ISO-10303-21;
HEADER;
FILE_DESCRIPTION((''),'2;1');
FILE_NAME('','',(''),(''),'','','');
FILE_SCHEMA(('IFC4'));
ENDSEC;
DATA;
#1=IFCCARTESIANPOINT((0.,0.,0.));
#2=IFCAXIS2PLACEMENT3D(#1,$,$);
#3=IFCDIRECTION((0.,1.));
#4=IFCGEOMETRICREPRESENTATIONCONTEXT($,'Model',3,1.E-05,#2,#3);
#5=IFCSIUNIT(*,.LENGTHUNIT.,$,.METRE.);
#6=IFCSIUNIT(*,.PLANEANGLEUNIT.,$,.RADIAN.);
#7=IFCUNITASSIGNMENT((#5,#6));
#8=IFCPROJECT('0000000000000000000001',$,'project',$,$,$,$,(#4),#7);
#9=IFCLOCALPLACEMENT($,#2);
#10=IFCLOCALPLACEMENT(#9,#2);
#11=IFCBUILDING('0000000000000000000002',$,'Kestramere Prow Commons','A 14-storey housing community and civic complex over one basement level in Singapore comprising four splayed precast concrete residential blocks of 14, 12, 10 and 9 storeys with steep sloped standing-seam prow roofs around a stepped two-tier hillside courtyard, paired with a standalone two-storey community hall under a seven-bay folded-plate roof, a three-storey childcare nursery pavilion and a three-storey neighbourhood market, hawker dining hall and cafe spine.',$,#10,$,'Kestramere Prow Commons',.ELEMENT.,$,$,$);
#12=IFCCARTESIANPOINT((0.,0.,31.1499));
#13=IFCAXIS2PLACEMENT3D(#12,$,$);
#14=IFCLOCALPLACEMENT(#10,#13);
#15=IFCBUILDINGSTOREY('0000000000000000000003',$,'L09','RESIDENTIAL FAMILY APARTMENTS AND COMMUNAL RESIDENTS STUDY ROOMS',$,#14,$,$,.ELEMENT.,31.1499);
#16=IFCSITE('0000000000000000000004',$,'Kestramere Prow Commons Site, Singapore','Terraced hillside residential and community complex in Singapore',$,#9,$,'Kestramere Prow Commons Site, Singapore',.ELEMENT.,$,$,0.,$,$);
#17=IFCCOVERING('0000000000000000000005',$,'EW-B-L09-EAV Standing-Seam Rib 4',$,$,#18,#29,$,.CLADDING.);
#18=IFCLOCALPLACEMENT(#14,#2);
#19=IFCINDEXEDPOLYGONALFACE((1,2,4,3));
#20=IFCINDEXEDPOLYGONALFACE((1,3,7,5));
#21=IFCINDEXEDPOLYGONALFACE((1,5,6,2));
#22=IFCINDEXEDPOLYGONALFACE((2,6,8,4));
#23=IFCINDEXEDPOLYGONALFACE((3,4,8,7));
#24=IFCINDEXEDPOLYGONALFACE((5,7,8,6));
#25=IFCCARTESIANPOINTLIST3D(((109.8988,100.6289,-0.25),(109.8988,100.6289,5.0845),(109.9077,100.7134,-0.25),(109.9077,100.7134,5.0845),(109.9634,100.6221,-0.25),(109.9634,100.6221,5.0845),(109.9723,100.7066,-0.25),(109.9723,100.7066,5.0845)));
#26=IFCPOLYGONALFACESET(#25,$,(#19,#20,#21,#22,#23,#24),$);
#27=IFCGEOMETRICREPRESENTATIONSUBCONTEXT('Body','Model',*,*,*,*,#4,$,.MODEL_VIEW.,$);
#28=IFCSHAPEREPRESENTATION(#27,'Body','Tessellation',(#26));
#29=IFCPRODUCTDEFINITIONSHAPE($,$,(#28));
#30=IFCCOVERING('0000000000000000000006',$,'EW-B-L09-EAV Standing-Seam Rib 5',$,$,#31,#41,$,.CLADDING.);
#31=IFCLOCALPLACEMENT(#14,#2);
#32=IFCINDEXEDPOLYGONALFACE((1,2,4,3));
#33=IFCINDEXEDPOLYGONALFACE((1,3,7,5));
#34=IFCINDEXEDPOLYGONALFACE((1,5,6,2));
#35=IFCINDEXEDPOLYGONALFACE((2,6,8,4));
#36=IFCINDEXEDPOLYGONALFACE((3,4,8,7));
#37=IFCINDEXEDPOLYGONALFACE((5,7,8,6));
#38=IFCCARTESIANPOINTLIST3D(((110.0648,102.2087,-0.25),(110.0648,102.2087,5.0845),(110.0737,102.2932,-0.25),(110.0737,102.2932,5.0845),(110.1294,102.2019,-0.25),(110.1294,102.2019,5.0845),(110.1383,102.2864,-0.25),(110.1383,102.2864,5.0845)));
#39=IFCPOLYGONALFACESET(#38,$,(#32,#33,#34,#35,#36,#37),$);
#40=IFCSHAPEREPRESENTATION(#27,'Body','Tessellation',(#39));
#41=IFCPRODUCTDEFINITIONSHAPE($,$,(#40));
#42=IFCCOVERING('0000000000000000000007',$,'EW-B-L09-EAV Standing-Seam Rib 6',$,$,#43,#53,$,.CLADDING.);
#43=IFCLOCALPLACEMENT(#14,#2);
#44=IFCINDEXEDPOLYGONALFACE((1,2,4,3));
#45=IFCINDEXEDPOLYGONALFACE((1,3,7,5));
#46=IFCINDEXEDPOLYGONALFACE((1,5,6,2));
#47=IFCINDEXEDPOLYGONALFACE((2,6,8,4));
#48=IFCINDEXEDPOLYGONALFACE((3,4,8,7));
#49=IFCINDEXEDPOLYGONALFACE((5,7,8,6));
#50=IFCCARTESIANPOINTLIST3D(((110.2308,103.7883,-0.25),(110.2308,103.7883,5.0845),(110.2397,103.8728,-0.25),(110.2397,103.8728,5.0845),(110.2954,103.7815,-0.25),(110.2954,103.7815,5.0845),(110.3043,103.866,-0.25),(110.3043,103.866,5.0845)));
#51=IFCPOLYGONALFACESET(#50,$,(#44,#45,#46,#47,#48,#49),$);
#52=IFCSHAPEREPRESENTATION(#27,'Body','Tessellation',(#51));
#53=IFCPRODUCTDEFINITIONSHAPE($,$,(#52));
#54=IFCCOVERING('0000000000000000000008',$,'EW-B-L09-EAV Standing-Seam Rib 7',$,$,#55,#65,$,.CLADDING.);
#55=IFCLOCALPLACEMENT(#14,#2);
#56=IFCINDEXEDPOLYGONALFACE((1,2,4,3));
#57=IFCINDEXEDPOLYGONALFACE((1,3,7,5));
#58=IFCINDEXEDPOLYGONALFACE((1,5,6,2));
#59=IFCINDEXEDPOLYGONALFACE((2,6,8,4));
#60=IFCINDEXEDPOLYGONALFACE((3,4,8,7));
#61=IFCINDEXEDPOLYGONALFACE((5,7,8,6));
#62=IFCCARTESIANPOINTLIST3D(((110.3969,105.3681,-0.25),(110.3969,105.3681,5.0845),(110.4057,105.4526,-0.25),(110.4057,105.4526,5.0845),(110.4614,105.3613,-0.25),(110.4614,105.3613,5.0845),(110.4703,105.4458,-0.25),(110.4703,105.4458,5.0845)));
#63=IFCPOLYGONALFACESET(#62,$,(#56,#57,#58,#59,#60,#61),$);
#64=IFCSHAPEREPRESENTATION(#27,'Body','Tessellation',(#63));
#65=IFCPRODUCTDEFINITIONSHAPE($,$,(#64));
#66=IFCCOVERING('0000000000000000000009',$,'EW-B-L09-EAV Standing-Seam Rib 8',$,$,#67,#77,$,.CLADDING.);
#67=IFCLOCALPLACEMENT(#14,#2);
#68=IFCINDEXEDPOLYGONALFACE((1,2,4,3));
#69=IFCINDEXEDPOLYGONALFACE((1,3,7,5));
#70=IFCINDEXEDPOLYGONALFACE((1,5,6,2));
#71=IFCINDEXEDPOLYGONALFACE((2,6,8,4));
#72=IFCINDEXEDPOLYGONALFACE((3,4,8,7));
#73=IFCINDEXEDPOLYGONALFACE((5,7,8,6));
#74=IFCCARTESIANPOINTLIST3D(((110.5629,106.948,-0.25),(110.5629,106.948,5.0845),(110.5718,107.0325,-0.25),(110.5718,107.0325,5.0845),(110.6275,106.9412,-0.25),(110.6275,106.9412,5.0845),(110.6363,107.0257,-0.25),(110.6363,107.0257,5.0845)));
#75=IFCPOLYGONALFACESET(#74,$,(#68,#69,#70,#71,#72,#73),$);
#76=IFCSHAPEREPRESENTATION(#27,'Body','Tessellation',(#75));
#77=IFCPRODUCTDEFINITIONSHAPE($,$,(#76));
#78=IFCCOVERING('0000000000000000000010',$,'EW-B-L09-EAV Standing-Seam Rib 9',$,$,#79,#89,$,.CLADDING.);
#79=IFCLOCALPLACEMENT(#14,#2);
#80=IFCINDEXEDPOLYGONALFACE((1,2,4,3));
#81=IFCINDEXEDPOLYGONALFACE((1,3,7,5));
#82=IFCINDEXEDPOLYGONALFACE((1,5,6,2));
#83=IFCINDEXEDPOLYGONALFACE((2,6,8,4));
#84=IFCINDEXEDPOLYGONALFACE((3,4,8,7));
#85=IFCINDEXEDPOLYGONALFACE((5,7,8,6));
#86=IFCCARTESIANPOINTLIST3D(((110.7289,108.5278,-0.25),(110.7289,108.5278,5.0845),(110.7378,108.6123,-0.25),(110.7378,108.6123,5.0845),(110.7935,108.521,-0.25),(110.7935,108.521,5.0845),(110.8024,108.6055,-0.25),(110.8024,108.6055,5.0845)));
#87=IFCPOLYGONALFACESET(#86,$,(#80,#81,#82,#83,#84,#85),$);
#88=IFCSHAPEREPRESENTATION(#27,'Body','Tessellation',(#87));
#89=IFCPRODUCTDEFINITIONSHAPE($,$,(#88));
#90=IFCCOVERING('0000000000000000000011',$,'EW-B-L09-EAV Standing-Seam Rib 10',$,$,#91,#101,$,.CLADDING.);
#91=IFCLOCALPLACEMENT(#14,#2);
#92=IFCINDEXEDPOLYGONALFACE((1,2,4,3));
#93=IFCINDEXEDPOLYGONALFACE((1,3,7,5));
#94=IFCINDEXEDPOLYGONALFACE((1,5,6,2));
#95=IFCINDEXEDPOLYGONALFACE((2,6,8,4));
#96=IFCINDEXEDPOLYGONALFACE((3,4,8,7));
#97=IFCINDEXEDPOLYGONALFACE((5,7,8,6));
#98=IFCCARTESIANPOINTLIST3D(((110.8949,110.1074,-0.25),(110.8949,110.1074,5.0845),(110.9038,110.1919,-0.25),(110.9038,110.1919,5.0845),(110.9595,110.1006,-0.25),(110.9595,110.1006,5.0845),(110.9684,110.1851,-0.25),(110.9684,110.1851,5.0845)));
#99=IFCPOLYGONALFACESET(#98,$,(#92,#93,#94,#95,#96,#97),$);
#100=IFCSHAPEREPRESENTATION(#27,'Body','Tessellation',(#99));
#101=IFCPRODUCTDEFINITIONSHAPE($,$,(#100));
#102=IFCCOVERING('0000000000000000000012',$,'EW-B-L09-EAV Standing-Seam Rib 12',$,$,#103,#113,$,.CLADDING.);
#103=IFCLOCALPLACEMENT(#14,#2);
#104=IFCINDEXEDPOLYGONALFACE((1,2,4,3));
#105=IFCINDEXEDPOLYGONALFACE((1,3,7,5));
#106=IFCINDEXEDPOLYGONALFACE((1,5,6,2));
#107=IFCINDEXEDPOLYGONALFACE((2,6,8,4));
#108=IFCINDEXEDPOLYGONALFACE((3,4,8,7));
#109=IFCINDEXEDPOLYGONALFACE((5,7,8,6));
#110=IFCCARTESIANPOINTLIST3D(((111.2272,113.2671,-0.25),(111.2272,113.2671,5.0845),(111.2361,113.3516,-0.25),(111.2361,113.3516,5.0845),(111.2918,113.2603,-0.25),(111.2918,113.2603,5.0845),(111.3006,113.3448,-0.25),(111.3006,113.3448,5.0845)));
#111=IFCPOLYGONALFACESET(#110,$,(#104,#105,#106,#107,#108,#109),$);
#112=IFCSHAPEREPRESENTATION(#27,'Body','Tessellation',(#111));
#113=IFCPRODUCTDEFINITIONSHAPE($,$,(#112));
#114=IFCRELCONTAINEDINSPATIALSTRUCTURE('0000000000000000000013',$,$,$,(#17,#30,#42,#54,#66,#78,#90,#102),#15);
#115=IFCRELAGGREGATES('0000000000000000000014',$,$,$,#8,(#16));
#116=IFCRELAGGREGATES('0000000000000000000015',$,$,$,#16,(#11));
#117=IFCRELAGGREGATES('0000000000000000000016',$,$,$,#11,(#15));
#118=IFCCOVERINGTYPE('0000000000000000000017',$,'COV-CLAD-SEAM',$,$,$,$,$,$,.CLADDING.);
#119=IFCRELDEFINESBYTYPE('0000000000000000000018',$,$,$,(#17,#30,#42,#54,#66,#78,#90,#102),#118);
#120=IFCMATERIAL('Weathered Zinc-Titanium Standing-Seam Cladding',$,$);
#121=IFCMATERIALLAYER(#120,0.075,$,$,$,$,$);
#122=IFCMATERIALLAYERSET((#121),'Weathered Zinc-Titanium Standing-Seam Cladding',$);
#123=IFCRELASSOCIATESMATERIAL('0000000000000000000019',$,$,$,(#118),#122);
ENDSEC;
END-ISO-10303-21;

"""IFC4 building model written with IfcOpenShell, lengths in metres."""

from ifc_helpers import new_model, si_unit, direction, frame, origin, origin_2d, place, context, subcontext, project, spatial, rectangle, extrude, material, layer, layer_set, type_object, element, save


model = new_model("IFC4")

# Units and contexts
model_context = context("Model", 3, precision=1e-05, world=origin(), true_north=direction((0.0, 1.0)))
body_context = subcontext(model_context, "Body", "Model", "MODEL_VIEW")
ifc_project = project(units=[si_unit("LENGTHUNIT", "METRE"), si_unit("PLANEANGLEUNIT", "RADIAN")], contexts=[model_context])

# Site, building, storey
site_placement = place(None, origin())
site = spatial("IfcSite", under=ifc_project, at=site_placement, Name="Kestramere Prow Commons Site, Singapore", Description="Terraced hillside residential and community complex in Singapore", LongName="Kestramere Prow Commons Site, Singapore", CompositionType="ELEMENT", RefElevation=0.0)
building_placement = place(site_placement, origin())
building = spatial("IfcBuilding", under=site, at=building_placement, Name="Kestramere Prow Commons", Description="A 14-storey housing community and civic complex over one basement level in Singapore comprising four splayed precast concrete residential blocks of 14, 12, 10 and 9 storeys with steep sloped standing-seam prow roofs around a stepped two-tier hillside courtyard, paired with a standalone two-storey community hall under a seven-bay folded-plate roof, a three-storey childcare nursery pavilion and a three-storey neighbourhood market, hawker dining hall and cafe spine.", LongName="Kestramere Prow Commons", CompositionType="ELEMENT")
storey_placement = place(building_placement, frame((0.0, 0.0, 31.1499)))
storey = spatial("IfcBuildingStorey", under=building, at=storey_placement, Name="L09", Description="RESIDENTIAL FAMILY APARTMENTS AND COMMUNAL RESIDENTS STUDY ROOMS", CompositionType="ELEMENT", Elevation=31.1499)

# Coverings
ifc_material_1 = material(Name="Weathered Zinc-Titanium Standing-Seam Cladding")
ifc_layer_1 = layer(ifc_material_1, 0.075)
ifc_layer_set_1 = layer_set([ifc_layer_1], Name="Weathered Zinc-Titanium Standing-Seam Cladding")
covering_type = type_object("IfcCoveringType", Name="COV-CLAD-SEAM", PredefinedType="CLADDING", material=ifc_layer_set_1)
for number, where, z_axis, x_axis, name in (
    (1, (109.9355, 100.6677, -0.25), (0.0, 0.0, 1.0), (0.104528, 0.994522, 0.0), "EW-B-L09-EAV Standing-Seam Rib 4"),
    (2, (110.1016, 102.2476, -0.25), (0.0, 0.0, 1.0), (0.104528, 0.994522, 0.0), "EW-B-L09-EAV Standing-Seam Rib 5"),
    (3, (110.2676, 103.8271, -0.25), (0.0, 0.0, 1.0), (0.104528, 0.994522, 0.0), "EW-B-L09-EAV Standing-Seam Rib 6"),
    (4, (110.4336, 105.407, -0.25), (0.0, 0.0, 1.0), (0.104528, 0.994522, 0.0), "EW-B-L09-EAV Standing-Seam Rib 7"),
    (5, (110.5996, 106.9868, -0.25), (0.0, 0.0, 1.0), (0.104528, 0.994522, 0.0), "EW-B-L09-EAV Standing-Seam Rib 8"),
    (6, (110.7656, 108.5667, -0.25), (0.0, 0.0, 1.0), (0.104528, 0.994522, 0.0), "EW-B-L09-EAV Standing-Seam Rib 9"),
    (7, (110.9316, 110.1462, -0.25), (0.0, 0.0, 1.0), (0.104528, 0.994522, 0.0), "EW-B-L09-EAV Standing-Seam Rib 10"),
    (8, (111.2639, 113.3059, -0.25), (0.0, 0.0, 1.0), (0.104528, 0.994522, 0.0), "EW-B-L09-EAV Standing-Seam Rib 12"),
):
    element("IfcCovering", number, at=place(storey_placement, frame(where, z_axis=z_axis, x_axis=x_axis)), inside=storey, type_object=covering_type, Name=name, PredefinedType="CLADDING", context=body_context, shape_type="SweptSolid", body=[
        extrude(rectangle(XDim=0.085, YDim=0.0649, at=origin_2d()), origin(), (0.0, 0.0, 1.0), 5.3345),
    ])

save(model, "model.ifc")
